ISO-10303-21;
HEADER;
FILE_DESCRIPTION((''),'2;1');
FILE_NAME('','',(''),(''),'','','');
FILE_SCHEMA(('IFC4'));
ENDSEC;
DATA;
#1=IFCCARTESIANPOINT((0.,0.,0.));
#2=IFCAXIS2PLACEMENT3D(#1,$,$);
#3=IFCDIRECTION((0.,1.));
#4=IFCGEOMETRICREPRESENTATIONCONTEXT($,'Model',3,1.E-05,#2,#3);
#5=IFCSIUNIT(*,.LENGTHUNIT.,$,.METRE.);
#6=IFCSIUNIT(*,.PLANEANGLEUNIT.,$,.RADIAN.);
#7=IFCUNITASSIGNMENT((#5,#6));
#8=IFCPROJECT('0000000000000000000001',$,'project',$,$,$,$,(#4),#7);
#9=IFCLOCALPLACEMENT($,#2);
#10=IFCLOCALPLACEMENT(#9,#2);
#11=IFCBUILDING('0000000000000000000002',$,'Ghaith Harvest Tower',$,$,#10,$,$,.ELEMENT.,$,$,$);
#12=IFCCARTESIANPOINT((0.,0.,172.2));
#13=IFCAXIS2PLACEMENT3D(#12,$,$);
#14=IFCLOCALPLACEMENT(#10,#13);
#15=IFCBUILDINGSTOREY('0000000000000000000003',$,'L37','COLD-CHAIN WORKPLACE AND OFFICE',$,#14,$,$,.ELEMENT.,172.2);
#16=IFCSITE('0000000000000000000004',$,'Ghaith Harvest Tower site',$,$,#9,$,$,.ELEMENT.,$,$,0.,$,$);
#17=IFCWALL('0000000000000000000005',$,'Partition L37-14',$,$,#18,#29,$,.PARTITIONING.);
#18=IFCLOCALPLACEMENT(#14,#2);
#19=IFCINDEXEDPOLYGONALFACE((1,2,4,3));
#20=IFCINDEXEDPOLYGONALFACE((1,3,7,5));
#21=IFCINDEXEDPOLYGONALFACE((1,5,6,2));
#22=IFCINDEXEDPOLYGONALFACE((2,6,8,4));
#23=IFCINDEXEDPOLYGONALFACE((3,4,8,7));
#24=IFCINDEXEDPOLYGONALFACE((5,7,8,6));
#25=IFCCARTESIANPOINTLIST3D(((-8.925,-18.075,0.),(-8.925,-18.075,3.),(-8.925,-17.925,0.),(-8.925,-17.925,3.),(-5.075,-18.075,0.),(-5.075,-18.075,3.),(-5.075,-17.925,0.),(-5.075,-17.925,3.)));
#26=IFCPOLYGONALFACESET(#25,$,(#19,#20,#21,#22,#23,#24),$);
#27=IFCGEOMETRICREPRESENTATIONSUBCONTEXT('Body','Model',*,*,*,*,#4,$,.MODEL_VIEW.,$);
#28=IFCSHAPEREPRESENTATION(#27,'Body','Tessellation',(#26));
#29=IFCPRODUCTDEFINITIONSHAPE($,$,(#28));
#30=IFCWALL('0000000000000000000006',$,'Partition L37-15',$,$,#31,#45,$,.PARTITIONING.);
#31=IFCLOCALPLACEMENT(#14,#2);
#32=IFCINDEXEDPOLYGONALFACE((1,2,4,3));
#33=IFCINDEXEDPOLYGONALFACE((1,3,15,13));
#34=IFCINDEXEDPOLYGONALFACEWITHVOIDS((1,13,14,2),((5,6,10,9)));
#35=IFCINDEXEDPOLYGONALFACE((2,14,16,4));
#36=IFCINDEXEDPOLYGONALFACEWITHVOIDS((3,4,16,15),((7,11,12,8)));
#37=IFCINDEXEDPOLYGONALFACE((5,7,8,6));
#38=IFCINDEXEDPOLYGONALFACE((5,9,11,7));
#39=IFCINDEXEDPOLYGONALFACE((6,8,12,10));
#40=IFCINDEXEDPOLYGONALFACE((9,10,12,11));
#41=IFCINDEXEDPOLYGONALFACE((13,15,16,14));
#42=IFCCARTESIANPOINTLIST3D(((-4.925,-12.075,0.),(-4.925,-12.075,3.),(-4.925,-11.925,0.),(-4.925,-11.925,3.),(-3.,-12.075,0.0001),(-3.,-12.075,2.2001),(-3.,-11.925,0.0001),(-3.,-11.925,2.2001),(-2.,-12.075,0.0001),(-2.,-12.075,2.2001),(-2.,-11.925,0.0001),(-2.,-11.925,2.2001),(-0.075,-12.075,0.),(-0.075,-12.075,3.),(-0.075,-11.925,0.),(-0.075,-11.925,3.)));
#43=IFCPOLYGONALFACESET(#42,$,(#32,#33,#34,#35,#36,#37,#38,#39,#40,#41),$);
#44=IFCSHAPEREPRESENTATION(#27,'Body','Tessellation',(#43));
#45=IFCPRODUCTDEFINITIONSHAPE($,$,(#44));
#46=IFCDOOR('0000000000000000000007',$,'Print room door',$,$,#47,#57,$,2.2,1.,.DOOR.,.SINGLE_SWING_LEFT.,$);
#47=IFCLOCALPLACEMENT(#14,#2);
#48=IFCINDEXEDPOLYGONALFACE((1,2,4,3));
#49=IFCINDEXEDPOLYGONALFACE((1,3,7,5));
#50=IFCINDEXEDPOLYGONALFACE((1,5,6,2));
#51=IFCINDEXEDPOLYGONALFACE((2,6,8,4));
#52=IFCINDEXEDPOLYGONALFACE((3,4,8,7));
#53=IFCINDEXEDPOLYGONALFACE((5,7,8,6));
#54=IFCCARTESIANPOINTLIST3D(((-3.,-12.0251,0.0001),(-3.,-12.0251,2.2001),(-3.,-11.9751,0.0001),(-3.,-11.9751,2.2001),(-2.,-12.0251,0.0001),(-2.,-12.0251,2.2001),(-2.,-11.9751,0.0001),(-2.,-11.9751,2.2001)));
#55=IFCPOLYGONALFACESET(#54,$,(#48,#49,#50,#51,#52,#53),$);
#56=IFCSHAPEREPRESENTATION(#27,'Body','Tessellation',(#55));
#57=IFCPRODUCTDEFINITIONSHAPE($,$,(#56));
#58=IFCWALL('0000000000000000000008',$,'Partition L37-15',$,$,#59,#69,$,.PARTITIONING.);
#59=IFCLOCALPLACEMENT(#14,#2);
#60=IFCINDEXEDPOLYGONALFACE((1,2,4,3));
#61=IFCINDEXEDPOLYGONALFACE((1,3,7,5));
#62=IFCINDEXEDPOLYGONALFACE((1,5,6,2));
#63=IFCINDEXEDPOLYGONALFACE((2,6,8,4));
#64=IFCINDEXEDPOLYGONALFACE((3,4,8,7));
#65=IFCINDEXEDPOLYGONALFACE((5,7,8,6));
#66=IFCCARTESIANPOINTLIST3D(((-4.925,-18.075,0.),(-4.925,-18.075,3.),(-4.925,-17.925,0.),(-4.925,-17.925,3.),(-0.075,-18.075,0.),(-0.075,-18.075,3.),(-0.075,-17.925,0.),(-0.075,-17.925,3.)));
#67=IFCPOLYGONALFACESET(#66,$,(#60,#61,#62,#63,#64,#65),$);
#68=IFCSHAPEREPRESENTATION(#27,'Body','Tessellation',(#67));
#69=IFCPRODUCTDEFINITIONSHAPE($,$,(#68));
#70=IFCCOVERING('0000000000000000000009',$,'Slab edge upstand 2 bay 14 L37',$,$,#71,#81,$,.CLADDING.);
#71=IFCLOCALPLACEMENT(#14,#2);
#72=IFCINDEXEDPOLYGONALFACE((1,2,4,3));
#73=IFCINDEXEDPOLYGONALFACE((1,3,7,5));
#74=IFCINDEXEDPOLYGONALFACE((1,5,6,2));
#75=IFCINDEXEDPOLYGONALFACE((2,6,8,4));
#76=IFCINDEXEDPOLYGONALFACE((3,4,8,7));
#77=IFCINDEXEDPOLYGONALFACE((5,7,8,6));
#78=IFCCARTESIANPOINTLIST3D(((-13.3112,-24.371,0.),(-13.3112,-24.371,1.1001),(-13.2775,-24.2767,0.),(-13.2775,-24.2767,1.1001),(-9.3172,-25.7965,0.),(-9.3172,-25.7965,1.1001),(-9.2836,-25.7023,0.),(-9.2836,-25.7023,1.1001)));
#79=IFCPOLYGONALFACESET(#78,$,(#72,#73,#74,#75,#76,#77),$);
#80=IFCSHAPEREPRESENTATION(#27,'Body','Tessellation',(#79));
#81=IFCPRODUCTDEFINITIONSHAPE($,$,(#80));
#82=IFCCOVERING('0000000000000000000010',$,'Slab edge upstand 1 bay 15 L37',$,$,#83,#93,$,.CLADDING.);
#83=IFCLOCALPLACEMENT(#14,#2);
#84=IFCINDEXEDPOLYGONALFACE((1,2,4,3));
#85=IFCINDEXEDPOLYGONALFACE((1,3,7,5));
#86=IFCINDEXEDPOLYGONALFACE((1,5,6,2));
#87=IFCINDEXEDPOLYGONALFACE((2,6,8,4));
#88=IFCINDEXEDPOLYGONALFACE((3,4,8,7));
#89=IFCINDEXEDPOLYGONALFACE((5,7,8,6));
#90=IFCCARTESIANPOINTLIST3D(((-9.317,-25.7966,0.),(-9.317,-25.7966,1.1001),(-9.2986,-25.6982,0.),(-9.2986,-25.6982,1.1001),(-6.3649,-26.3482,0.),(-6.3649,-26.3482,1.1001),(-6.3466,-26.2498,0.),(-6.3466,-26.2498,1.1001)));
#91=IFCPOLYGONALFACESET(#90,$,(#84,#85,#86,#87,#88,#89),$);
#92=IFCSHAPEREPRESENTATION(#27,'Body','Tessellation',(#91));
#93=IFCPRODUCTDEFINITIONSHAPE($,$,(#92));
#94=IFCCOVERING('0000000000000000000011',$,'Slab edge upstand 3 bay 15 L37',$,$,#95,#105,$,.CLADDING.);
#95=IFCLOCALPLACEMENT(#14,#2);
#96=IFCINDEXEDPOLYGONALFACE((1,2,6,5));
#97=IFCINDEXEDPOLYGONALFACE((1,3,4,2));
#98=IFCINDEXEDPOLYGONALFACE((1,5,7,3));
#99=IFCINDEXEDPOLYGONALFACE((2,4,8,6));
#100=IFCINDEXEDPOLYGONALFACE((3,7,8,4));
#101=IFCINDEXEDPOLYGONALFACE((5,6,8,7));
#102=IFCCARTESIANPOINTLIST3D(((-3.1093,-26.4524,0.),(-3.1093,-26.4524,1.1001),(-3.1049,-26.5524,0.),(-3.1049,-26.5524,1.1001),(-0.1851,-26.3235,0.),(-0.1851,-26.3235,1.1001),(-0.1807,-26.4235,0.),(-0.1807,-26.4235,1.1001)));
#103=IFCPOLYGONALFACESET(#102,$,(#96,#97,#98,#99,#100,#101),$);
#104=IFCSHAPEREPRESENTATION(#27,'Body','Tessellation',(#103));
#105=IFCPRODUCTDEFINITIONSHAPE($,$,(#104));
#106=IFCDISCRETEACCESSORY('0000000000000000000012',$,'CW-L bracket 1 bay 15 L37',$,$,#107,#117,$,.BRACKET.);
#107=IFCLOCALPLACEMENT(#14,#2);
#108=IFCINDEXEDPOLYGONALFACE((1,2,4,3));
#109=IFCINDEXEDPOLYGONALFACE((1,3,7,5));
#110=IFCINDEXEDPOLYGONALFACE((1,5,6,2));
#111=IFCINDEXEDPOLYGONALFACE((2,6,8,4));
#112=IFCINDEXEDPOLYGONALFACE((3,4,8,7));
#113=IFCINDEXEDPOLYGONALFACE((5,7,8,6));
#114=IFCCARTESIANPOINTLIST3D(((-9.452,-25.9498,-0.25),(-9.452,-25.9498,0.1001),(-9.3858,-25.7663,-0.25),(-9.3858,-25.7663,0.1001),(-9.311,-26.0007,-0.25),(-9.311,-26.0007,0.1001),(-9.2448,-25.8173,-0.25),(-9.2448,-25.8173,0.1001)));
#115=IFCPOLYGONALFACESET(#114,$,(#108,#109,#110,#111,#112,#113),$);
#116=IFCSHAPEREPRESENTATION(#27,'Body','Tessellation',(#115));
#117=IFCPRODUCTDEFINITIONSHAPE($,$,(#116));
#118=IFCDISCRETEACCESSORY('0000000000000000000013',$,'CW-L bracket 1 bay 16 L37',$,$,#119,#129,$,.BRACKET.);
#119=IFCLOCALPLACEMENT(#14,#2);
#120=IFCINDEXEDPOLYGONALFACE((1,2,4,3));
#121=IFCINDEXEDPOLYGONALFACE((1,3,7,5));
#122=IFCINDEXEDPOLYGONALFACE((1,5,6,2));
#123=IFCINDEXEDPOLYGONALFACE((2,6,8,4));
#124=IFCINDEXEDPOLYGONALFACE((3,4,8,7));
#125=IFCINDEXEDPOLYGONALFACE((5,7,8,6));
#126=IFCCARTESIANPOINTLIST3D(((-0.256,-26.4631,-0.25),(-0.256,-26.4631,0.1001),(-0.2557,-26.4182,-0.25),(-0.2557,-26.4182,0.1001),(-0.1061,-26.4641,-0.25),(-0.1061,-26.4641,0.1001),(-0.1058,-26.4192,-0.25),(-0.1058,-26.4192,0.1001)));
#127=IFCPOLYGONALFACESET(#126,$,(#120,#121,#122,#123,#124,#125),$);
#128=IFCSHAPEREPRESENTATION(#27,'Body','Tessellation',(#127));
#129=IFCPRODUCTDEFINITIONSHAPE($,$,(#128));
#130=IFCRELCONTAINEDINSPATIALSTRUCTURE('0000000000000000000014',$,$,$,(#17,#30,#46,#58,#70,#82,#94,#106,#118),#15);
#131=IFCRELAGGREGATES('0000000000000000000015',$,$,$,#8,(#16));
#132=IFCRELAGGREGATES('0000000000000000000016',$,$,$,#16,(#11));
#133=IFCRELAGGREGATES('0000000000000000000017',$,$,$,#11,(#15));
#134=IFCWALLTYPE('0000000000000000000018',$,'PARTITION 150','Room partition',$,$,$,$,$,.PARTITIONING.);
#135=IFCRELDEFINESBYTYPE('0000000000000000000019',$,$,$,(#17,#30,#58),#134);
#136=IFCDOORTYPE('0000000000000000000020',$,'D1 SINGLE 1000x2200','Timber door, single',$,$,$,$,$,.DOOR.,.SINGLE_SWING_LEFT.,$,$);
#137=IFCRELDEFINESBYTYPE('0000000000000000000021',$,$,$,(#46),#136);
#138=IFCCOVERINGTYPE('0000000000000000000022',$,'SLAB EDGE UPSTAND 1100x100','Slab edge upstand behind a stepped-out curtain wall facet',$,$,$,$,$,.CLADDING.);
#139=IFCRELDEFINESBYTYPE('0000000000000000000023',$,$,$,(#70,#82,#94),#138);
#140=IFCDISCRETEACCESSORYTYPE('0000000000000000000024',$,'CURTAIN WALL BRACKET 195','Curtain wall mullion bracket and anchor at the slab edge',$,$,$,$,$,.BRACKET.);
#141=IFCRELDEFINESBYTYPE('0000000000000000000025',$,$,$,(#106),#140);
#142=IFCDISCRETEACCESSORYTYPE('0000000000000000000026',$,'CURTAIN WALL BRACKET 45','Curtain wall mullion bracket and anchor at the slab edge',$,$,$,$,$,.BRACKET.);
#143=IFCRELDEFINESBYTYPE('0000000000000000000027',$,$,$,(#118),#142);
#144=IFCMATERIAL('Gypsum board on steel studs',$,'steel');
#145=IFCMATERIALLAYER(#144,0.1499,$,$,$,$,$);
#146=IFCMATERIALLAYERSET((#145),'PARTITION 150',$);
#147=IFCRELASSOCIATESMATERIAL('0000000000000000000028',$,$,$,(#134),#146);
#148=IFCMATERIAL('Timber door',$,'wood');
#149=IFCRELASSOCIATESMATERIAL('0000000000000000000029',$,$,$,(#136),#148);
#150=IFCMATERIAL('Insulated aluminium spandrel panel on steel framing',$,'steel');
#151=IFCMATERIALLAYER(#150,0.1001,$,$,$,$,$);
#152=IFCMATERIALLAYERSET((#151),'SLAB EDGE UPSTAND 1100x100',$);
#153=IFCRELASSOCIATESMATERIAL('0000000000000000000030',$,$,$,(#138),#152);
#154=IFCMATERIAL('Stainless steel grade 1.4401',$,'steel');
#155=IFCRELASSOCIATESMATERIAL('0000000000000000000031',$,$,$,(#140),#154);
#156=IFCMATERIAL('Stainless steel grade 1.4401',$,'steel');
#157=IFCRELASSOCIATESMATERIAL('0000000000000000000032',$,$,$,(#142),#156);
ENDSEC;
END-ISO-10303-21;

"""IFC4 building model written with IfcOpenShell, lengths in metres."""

from ifc_helpers import new_model, si_unit, direction, frame, frame_2d, origin, origin_2d, place, context, subcontext, project, spatial, rectangle, extrude, material, layer, layer_set, type_object, element, fill, save


model = new_model("IFC4")

# Units and contexts
model_context = context("Model", 3, precision=1e-05, world=origin(), true_north=direction((0.0, 1.0)))
body_context = subcontext(model_context, "Body", "Model", "MODEL_VIEW")
ifc_project = project(units=[si_unit("LENGTHUNIT", "METRE"), si_unit("PLANEANGLEUNIT", "RADIAN")], contexts=[model_context])

# Site, building, storey
site_placement = place(None, origin())
site = spatial("IfcSite", under=ifc_project, at=site_placement, Name="Ghaith Harvest Tower site", CompositionType="ELEMENT", RefElevation=0.0)
building_placement = place(site_placement, origin())
building = spatial("IfcBuilding", under=site, at=building_placement, Name="Ghaith Harvest Tower", CompositionType="ELEMENT")
storey_placement = place(building_placement, frame((0.0, 0.0, 172.2)))
storey = spatial("IfcBuildingStorey", under=building, at=storey_placement, Name="L37", Description="COLD-CHAIN WORKPLACE AND OFFICE", CompositionType="ELEMENT", Elevation=172.2)

# Shared definitions
ifc_material_1 = material(Name="Gypsum board on steel studs", Category="steel")
ifc_layer_1 = layer(ifc_material_1, 0.1499)
ifc_layer_set_1 = layer_set([ifc_layer_1], Name="PARTITION 150")
wall_type = type_object("IfcWallType", Name="PARTITION 150", Description="Room partition", PredefinedType="PARTITIONING", material=ifc_layer_set_1)

# Wall
wall_1_placement = place(storey_placement, frame((-8.925, -18.0, 0.0), z_axis=(0.0, 0.0, 1.0), x_axis=(1.0, 0.0, 0.0)))
element("IfcWall", 1, at=wall_1_placement, inside=storey, type_object=wall_type, Name="Partition L37-14", PredefinedType="PARTITIONING", context=body_context, shape_type="SweptSolid", body=[
    extrude(rectangle(XDim=3.8501, YDim=0.1499, at=frame_2d((1.925, 0.0))), origin(), (0.0, 0.0, 1.0), 3.0),
])

# Wall, opening, door
wall_2_placement = place(storey_placement, frame((-4.925, -12.0, 0.0), z_axis=(0.0, 0.0, 1.0), x_axis=(1.0, 0.0, 0.0)))
wall_2 = element("IfcWall", 2, at=wall_2_placement, inside=storey, type_object=wall_type, Name="Partition L37-15", PredefinedType="PARTITIONING", context=body_context, shape_type="SweptSolid", body=[
    extrude(rectangle(XDim=4.8501, YDim=0.1499, at=frame_2d((2.425, 0.0))), origin(), (0.0, 0.0, 1.0), 3.0),
])
opening_1_placement = place(wall_2_placement, frame((1.925, 0.0, 0.0)))
opening_1 = element("IfcOpeningElement", 3, at=opening_1_placement, cuts=wall_2, PredefinedType="OPENING", context=body_context, shape_type="SweptSolid", body=[
    extrude(rectangle(XDim=1.0, YDim=2.2, at=frame_2d((0.5, 1.1001))), frame((0.0, 0.085, 0.0), z_axis=(0.0, -1.0, 0.0), x_axis=(1.0, 0.0, 0.0)), (0.0, 0.0, 1.0), 0.1699),
])
ifc_material_2 = material(Name="Timber door", Category="wood")
door_type_1 = type_object("IfcDoorType", Name="D1 SINGLE 1000x2200", Description="Timber door, single", OperationType="SINGLE_SWING_LEFT", PredefinedType="DOOR", material=ifc_material_2)
door_1_placement = place(opening_1_placement, origin())
door_1 = element("IfcDoor", 4, at=door_1_placement, inside=storey, type_object=door_type_1, Name="Print room door", OperationType="SINGLE_SWING_LEFT", OverallHeight=2.2, OverallWidth=1.0, PredefinedType="DOOR", context=body_context, shape_type="SweptSolid", body=[
    extrude(rectangle(XDim=1.0, YDim=2.2, at=frame_2d((0.5, 1.1001))), frame((0.0, 0.0249, 0.0), z_axis=(0.0, -1.0, 0.0), x_axis=(1.0, 0.0, 0.0)), (0.0, 0.0, 1.0), 0.05),
])
fill(opening_1, door_1)

# Wall
wall_3_placement = place(storey_placement, frame((-4.925, -18.0, 0.0), z_axis=(0.0, 0.0, 1.0), x_axis=(1.0, 0.0, 0.0)))
element("IfcWall", 5, at=wall_3_placement, inside=storey, type_object=wall_type, Name="Partition L37-15", PredefinedType="PARTITIONING", context=body_context, shape_type="SweptSolid", body=[
    extrude(rectangle(XDim=4.8501, YDim=0.1499, at=frame_2d((2.425, 0.0))), origin(), (0.0, 0.0, 1.0), 3.0),
])

# Coverings
ifc_material_3 = material(Name="Insulated aluminium spandrel panel on steel framing", Category="steel")
ifc_layer_2 = layer(ifc_material_3, 0.1001)
ifc_layer_set_2 = layer_set([ifc_layer_2], Name="SLAB EDGE UPSTAND 1100x100")
covering_type = type_object("IfcCoveringType", Name="SLAB EDGE UPSTAND 1100x100", Description="Slab edge upstand behind a stepped-out curtain wall facet", PredefinedType="CLADDING", material=ifc_layer_set_2)
covering_1_placement = place(storey_placement, frame((-11.2974, -25.0366, 0.0), z_axis=(0.0, 0.0, 1.0), x_axis=(0.941807, -0.336154, 0.0)))
element("IfcCovering", 6, at=covering_1_placement, inside=storey, type_object=covering_type, Name="Slab edge upstand 2 bay 14 L37", PredefinedType="CLADDING", context=body_context, shape_type="SweptSolid", body=[
    extrude(rectangle(XDim=4.2407, YDim=0.1001, at=origin_2d()), origin(), (0.0, 0.0, 1.0), 1.1001),
])
covering_2_placement = place(storey_placement, frame((-7.8318, -26.0232, 0.0), z_axis=(0.0, 0.0, 1.0), x_axis=(0.98299, -0.183659, 0.0)))
element("IfcCovering", 7, at=covering_2_placement, inside=storey, type_object=covering_type, Name="Slab edge upstand 1 bay 15 L37", PredefinedType="CLADDING", context=body_context, shape_type="SweptSolid", body=[
    extrude(rectangle(XDim=3.0032, YDim=0.1001, at=origin_2d()), origin(), (0.0, 0.0, 1.0), 1.1001),
])
covering_3_placement = place(storey_placement, frame((-1.645, -26.438, 0.0), z_axis=(0.0, 0.0, 1.0), x_axis=(0.99903, 0.044045, 0.0)))
element("IfcCovering", 8, at=covering_3_placement, inside=storey, type_object=covering_type, Name="Slab edge upstand 3 bay 15 L37", PredefinedType="CLADDING", context=body_context, shape_type="SweptSolid", body=[
    extrude(rectangle(XDim=2.927, YDim=0.1001, at=origin_2d()), origin(), (0.0, 0.0, 1.0), 1.1001),
])

# Discrete accessories
ifc_material_4 = material(Name="Stainless steel grade 1.4401", Category="steel")
discrete_accessory_type_1 = type_object("IfcDiscreteAccessoryType", Name="CURTAIN WALL BRACKET 195", Description="Curtain wall mullion bracket and anchor at the slab edge", PredefinedType="BRACKET", material=ifc_material_4)
discrete_accessory_1_placement = place(storey_placement, frame((-9.3484, -25.8835, -0.25), z_axis=(0.0, 0.0, 1.0), x_axis=(-0.339699, -0.940534, 0.0)))
element("IfcDiscreteAccessory", 9, at=discrete_accessory_1_placement, inside=storey, type_object=discrete_accessory_type_1, Name="CW-L bracket 1 bay 15 L37", PredefinedType="BRACKET", context=body_context, shape_type="SweptSolid", body=[
    extrude(rectangle(XDim=0.1951, YDim=0.1499, at=origin_2d()), origin(), (0.0, 0.0, 1.0), 0.3501),
])
ifc_material_5 = material(Name="Stainless steel grade 1.4401", Category="steel")
discrete_accessory_type_2 = type_object("IfcDiscreteAccessoryType", Name="CURTAIN WALL BRACKET 45", Description="Curtain wall mullion bracket and anchor at the slab edge", PredefinedType="BRACKET", material=ifc_material_5)
discrete_accessory_2_placement = place(storey_placement, frame((-0.1809, -26.4412, -0.25), z_axis=(0.0, 0.0, 1.0), x_axis=(-0.006844, -0.999977, 0.0)))
element("IfcDiscreteAccessory", 10, at=discrete_accessory_2_placement, inside=storey, type_object=discrete_accessory_type_2, Name="CW-L bracket 1 bay 16 L37", PredefinedType="BRACKET", context=body_context, shape_type="SweptSolid", body=[
    extrude(rectangle(XDim=0.0449, YDim=0.1499, at=origin_2d()), origin(), (0.0, 0.0, 1.0), 0.3501),
])

save(model, "model.ifc")
